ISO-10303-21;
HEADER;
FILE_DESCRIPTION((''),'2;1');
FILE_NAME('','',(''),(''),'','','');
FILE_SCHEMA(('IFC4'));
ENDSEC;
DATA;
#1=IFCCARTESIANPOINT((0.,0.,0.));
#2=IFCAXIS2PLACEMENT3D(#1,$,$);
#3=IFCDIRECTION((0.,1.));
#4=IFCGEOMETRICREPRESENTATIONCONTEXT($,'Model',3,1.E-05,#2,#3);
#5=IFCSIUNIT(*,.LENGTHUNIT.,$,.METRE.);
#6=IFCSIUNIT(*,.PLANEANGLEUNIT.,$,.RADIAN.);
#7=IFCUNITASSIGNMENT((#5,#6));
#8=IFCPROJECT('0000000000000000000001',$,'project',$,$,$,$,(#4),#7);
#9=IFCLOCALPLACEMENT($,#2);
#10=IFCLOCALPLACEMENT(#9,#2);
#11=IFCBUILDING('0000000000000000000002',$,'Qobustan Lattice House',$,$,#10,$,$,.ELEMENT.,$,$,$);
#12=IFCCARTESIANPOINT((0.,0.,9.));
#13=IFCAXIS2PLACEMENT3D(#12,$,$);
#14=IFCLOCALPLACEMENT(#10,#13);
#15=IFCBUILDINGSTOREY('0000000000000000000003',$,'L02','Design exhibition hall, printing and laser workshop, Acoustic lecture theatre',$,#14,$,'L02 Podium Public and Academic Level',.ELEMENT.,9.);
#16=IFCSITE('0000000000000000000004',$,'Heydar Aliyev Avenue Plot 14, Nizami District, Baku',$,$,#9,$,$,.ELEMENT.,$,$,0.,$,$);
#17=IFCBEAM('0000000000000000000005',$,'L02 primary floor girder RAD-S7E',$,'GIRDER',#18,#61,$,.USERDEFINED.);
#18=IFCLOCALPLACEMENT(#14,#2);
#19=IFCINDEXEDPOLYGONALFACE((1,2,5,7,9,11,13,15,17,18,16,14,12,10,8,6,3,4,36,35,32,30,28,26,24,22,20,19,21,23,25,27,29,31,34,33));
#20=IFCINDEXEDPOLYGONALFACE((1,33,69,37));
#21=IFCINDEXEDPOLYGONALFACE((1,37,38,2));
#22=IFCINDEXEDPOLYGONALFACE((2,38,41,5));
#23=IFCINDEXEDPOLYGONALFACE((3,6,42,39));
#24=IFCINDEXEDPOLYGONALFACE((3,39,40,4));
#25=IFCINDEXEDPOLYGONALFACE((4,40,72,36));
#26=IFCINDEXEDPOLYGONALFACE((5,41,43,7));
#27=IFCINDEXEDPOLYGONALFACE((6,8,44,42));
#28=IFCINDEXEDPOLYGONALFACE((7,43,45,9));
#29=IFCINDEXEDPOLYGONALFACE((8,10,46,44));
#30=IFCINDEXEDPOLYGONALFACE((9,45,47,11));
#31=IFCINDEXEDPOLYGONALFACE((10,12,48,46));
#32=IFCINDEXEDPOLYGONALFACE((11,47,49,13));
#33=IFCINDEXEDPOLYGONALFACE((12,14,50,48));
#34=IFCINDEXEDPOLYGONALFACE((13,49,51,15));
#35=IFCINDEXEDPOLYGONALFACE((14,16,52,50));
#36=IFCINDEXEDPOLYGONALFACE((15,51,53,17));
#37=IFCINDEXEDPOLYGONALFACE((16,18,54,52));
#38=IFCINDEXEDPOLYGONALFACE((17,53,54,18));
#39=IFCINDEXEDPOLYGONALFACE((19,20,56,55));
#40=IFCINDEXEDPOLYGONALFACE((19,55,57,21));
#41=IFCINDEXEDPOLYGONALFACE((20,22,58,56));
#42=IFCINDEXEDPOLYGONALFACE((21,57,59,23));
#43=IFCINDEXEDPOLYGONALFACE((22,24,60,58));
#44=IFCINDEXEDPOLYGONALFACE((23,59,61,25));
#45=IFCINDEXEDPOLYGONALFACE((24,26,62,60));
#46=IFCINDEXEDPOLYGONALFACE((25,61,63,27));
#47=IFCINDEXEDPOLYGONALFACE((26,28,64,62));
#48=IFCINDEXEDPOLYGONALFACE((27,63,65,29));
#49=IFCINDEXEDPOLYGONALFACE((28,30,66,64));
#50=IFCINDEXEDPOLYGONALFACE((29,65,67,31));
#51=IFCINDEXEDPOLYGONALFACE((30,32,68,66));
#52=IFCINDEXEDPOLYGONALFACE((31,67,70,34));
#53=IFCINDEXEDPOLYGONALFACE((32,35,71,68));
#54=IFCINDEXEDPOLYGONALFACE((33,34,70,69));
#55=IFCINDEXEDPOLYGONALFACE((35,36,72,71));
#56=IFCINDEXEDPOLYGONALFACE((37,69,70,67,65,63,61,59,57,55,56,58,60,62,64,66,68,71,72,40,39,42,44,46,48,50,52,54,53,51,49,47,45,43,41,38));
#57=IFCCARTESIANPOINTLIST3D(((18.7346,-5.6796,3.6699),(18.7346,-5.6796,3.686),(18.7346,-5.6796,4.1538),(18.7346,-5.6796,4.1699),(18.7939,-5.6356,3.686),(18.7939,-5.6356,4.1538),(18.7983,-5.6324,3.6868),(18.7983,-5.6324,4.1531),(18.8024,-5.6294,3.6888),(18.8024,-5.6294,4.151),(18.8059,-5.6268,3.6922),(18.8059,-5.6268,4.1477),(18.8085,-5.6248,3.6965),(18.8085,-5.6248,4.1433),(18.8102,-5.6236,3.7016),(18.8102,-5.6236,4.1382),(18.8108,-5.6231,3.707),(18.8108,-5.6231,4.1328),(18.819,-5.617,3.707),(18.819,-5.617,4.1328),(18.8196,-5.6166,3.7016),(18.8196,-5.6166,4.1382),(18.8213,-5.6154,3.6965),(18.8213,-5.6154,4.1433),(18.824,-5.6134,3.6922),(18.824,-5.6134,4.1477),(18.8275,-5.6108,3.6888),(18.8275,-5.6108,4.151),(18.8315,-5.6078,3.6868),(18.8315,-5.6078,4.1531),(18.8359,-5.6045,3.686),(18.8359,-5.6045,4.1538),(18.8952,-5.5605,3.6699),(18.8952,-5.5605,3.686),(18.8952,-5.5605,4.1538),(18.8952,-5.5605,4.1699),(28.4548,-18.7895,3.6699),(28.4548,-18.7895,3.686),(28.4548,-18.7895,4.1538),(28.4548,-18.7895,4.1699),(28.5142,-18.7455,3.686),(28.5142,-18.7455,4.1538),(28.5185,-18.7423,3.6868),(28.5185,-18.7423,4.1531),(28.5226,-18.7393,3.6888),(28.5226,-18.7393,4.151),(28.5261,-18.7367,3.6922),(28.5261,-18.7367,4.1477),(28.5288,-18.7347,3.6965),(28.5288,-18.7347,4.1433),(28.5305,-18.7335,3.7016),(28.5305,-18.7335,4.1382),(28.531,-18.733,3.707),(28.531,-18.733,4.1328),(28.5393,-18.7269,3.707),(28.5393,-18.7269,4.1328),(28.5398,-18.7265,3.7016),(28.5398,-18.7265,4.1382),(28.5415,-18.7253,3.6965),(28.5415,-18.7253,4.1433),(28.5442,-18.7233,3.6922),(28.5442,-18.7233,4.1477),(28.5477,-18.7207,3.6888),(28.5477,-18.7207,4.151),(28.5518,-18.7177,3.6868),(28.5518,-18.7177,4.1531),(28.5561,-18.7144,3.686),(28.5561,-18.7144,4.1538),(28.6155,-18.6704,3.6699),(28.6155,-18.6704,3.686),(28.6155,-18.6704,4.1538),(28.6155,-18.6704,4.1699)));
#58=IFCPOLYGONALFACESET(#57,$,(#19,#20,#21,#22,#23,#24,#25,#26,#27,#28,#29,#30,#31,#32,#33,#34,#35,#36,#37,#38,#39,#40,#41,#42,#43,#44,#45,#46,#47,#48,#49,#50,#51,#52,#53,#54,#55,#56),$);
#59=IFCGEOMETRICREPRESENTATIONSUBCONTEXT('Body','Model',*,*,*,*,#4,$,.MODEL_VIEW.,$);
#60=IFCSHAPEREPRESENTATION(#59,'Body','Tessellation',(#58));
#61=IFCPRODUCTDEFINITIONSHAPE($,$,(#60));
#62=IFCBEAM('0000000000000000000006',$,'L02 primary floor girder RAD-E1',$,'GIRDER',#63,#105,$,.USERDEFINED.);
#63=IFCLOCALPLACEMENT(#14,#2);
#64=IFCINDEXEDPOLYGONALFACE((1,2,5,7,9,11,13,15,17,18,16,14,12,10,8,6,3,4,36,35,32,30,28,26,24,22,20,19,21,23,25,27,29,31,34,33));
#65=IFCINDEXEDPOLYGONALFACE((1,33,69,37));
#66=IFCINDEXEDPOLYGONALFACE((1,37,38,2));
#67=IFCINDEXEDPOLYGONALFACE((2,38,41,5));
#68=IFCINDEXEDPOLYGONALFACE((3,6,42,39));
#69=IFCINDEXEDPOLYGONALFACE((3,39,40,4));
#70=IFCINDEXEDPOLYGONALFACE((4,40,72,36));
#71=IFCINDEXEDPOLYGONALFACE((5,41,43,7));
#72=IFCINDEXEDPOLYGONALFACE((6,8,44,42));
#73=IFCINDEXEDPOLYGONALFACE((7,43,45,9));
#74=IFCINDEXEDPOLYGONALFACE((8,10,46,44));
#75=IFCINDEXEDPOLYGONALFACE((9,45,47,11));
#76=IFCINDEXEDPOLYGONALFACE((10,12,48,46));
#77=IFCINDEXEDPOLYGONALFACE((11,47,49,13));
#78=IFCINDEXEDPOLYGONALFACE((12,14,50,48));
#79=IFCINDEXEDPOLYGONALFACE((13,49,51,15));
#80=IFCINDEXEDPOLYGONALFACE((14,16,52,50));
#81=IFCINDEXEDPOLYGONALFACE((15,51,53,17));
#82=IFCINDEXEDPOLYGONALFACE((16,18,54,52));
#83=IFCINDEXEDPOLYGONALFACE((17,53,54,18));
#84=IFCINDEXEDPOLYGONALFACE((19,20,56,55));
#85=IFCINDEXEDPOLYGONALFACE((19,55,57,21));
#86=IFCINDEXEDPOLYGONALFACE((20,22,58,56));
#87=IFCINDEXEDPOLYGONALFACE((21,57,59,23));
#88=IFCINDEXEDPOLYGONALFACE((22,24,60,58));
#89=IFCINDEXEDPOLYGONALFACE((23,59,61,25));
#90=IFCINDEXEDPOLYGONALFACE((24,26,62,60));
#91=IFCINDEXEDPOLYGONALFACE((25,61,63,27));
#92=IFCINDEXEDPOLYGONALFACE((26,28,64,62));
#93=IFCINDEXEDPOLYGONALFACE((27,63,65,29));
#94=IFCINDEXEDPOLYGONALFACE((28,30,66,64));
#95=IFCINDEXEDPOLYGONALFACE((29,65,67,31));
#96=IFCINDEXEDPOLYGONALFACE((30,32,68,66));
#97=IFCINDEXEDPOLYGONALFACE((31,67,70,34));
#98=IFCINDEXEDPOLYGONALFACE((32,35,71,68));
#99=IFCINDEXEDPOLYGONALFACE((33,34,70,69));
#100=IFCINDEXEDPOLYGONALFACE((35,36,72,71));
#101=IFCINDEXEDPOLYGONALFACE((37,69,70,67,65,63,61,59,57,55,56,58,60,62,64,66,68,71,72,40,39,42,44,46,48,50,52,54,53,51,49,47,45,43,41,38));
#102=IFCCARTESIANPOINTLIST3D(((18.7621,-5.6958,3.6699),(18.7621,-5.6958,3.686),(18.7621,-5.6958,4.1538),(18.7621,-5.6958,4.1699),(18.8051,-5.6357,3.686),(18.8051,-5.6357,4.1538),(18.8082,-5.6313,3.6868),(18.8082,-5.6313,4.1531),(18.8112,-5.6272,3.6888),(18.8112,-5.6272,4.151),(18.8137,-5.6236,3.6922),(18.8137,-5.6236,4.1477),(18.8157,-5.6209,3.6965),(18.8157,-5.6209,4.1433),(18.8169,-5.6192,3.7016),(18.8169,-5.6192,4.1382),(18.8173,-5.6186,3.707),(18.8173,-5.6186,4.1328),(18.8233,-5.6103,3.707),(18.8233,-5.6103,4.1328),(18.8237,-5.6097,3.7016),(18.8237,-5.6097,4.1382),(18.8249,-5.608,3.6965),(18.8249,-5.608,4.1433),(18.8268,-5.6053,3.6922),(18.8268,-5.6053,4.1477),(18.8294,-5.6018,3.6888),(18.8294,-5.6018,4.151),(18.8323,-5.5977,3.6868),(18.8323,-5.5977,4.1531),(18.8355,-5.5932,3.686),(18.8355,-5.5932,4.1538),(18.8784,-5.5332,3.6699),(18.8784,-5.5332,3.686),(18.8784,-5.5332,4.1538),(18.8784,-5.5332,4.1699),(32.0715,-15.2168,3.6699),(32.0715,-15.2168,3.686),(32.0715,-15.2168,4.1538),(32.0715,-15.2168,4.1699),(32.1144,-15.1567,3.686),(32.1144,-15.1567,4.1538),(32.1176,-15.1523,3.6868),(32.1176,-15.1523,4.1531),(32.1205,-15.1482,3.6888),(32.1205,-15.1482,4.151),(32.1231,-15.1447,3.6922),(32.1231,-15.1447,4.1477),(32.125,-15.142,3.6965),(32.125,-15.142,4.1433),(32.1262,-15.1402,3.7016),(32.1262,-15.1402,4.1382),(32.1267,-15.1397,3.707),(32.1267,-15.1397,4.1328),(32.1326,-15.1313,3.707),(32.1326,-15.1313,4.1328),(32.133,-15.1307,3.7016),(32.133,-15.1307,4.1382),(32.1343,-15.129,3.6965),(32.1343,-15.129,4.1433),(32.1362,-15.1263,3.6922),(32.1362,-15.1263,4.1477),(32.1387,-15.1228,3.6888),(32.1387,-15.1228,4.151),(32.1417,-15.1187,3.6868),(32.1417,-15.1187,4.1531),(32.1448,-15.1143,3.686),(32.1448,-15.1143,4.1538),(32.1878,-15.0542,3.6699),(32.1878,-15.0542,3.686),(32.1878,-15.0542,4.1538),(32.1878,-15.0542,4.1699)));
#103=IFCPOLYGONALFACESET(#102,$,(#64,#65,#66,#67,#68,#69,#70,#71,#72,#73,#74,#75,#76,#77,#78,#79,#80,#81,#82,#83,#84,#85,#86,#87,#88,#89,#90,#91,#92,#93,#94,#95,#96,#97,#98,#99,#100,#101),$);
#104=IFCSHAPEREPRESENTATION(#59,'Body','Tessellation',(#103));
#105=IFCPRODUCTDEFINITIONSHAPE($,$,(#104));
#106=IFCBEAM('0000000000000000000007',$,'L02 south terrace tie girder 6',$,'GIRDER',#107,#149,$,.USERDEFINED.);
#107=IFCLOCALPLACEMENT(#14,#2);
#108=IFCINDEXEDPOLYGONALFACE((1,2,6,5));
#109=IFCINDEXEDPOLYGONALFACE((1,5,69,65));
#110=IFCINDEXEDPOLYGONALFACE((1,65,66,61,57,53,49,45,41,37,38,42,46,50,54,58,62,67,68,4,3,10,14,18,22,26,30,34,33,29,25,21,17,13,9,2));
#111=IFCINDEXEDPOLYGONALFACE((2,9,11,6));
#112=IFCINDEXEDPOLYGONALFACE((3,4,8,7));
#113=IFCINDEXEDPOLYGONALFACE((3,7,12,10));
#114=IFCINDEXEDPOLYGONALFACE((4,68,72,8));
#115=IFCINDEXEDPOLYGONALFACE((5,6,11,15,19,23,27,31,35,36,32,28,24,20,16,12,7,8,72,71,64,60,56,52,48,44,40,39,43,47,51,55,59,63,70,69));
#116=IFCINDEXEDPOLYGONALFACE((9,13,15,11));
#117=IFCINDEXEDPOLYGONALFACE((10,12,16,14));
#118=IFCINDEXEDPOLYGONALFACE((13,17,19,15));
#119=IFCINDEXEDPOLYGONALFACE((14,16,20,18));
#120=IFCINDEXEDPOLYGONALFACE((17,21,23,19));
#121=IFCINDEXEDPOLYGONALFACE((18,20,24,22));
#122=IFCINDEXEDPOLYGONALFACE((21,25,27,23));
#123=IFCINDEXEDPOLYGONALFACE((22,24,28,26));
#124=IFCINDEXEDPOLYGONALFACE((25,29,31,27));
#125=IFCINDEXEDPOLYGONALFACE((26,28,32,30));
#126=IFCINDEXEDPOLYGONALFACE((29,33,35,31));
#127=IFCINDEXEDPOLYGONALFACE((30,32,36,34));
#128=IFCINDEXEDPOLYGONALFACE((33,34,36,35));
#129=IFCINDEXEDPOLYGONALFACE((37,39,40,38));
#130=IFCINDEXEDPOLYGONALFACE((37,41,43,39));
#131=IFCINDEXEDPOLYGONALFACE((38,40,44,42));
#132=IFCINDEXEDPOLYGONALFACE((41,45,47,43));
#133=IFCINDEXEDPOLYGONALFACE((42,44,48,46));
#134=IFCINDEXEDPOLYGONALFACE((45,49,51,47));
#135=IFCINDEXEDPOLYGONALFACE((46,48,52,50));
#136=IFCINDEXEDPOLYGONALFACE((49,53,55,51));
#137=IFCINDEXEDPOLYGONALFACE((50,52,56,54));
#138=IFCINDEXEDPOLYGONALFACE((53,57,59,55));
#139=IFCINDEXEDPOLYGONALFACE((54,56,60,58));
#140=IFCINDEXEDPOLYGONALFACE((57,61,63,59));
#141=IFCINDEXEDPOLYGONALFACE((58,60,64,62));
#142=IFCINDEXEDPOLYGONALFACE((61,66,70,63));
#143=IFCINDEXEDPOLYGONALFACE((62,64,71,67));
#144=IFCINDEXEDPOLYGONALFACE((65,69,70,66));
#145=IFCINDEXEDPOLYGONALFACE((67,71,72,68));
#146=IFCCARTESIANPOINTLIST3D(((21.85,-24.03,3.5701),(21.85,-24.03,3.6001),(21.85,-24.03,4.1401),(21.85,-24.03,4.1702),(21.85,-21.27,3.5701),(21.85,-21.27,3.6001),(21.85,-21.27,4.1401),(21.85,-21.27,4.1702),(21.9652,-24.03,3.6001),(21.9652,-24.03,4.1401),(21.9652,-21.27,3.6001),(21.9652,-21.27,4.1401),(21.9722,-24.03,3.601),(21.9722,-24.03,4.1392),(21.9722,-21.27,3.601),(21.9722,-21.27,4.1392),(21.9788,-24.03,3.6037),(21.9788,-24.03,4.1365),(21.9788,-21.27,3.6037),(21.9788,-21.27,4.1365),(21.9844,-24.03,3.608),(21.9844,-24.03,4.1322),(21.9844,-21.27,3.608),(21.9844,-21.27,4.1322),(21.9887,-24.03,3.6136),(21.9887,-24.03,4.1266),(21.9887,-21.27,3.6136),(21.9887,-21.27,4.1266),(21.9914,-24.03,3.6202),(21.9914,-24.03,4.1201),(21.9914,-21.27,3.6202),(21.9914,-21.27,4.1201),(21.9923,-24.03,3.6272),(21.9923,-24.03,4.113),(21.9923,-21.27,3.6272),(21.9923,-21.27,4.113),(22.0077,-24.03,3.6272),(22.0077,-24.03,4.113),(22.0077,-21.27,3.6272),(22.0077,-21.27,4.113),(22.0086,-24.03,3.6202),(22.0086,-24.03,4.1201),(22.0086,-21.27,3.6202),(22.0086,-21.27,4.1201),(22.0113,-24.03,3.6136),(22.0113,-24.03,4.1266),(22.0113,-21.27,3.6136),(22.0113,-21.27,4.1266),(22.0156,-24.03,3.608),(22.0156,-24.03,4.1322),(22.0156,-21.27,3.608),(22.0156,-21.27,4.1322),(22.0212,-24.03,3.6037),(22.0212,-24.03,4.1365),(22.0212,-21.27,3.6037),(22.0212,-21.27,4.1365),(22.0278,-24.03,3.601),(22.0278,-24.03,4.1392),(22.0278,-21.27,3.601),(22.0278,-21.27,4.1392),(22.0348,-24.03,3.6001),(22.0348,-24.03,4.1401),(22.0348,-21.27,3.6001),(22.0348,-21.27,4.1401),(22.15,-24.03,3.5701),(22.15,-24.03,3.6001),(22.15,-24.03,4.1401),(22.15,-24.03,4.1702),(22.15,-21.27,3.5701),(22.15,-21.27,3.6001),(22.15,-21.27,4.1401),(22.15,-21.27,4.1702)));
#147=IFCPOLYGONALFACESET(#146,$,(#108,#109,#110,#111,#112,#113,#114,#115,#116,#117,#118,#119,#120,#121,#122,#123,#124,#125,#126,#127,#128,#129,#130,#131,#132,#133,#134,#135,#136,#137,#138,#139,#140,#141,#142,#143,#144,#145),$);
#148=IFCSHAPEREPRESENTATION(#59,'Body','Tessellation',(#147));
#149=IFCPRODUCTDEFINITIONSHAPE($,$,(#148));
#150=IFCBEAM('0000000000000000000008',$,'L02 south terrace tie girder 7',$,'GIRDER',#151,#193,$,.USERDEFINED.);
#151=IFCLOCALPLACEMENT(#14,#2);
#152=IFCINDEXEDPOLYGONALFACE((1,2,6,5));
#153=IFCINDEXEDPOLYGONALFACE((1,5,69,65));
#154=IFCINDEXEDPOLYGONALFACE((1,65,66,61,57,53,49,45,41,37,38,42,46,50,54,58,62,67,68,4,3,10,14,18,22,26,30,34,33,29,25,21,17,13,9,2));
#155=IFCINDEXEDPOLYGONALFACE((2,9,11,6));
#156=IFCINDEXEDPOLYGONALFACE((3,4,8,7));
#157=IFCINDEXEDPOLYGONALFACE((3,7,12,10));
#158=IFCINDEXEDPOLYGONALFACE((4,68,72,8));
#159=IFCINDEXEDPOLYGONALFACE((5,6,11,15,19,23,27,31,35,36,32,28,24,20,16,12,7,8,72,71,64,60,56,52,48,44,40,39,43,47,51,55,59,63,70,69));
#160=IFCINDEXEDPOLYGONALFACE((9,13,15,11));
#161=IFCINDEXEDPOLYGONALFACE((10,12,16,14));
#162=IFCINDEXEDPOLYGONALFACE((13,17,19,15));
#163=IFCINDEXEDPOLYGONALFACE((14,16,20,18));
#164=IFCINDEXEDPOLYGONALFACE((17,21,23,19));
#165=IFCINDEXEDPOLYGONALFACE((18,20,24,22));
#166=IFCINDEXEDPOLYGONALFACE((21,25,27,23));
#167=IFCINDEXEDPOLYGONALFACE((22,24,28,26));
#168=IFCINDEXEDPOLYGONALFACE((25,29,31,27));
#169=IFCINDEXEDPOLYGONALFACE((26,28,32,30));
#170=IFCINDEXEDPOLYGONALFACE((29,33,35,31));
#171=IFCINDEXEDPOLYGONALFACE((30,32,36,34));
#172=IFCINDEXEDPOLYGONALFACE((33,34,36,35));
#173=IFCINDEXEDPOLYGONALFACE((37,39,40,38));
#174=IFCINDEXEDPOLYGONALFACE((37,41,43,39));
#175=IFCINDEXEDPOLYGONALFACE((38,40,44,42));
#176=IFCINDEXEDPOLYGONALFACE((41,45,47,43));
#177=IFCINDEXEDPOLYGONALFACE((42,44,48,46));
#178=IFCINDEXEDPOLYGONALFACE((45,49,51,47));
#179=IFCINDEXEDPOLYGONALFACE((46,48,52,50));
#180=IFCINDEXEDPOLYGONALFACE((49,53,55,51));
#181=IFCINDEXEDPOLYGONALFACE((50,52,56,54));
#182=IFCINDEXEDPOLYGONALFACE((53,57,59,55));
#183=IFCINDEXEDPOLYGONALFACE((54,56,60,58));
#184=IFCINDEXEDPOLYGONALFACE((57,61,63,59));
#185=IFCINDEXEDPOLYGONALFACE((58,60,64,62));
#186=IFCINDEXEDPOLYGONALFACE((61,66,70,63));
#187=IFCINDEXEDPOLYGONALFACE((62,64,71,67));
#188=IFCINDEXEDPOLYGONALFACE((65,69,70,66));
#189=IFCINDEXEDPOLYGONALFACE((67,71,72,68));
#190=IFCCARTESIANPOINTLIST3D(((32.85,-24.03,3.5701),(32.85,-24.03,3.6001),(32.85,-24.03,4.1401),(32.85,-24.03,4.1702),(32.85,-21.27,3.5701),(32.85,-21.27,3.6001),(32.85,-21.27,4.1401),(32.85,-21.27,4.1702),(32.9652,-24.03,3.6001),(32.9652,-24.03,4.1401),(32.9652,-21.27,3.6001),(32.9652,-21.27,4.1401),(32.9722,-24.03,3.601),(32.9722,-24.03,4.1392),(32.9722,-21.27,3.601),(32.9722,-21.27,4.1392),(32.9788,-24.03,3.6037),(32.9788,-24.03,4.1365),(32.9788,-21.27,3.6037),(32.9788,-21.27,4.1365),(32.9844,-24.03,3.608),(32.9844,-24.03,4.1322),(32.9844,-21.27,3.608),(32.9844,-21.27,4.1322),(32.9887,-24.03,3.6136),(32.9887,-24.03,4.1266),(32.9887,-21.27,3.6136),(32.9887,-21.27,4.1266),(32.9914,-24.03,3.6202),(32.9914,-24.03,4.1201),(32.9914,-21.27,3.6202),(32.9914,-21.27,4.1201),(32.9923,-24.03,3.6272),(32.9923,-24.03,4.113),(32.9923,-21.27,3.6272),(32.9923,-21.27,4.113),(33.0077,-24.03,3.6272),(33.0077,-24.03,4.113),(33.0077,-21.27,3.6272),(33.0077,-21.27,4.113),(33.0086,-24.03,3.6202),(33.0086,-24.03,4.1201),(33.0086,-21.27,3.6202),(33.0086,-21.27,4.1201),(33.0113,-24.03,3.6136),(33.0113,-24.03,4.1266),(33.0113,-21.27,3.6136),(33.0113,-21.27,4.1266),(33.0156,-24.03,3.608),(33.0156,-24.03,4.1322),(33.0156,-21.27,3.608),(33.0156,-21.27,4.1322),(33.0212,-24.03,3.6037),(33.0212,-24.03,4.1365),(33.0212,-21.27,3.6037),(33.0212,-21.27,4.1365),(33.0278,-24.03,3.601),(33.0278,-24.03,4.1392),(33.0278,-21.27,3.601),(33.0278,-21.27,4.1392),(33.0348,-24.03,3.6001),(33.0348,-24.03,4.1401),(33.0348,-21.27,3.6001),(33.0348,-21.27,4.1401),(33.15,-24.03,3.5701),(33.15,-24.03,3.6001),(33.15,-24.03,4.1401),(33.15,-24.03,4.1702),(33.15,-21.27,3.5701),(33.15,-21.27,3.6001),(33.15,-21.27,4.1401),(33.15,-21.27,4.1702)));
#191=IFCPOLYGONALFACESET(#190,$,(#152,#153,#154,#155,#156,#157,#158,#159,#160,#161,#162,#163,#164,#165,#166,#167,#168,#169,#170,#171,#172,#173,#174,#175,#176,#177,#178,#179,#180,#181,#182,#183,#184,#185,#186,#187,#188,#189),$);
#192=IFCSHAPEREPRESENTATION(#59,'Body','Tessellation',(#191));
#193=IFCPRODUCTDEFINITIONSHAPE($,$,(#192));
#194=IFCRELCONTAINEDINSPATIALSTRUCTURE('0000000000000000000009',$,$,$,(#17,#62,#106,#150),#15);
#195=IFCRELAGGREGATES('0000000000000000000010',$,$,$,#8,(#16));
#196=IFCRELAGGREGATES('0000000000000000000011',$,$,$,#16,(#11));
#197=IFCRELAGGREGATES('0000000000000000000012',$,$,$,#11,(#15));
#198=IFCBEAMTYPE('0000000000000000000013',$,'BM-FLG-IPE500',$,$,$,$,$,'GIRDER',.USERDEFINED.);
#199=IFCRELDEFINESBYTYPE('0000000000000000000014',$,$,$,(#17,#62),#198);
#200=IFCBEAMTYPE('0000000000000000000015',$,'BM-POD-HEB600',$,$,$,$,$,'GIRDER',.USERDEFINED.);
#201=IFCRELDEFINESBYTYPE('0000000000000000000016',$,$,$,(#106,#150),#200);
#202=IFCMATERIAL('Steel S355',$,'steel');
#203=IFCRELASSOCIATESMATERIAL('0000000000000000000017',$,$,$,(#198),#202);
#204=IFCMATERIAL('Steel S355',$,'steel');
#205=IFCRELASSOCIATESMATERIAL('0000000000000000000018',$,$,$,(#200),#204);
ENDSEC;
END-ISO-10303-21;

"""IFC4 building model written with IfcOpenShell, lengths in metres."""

from ifc_helpers import new_model, si_unit, direction, frame, origin, origin_2d, place, context, subcontext, project, spatial, i_section, extrude, material, material_profile, profile_set, type_object, element, save


model = new_model("IFC4")

# Units and contexts
model_context = context("Model", 3, precision=1e-05, world=origin(), true_north=direction((0.0, 1.0)))
body_context = subcontext(model_context, "Body", "Model", "MODEL_VIEW")
ifc_project = project(units=[si_unit("LENGTHUNIT", "METRE"), si_unit("PLANEANGLEUNIT", "RADIAN")], contexts=[model_context])

# Site, building, storey
site_placement = place(None, origin())
site = spatial("IfcSite", under=ifc_project, at=site_placement, Name="Heydar Aliyev Avenue Plot 14, Nizami District, Baku", CompositionType="ELEMENT", RefElevation=0.0)
building_placement = place(site_placement, origin())
building = spatial("IfcBuilding", under=site, at=building_placement, Name="Qobustan Lattice House", CompositionType="ELEMENT")
storey_placement = place(building_placement, frame((0.0, 0.0, 9.0)))
storey = spatial("IfcBuildingStorey", under=building, at=storey_placement, Name="L02", Description="Design exhibition hall, printing and laser workshop, Acoustic lecture theatre", LongName="L02 Podium Public and Academic Level", CompositionType="ELEMENT", Elevation=9.0)

# Beams
ifc_material_1 = material(Name="Steel S355", Category="steel")
ifc_material_profile_1 = material_profile(ifc_material_1, i_section(OverallWidth=0.2, OverallDepth=0.5, WebThickness=0.0103, FlangeThickness=0.0161, FilletRadius=0.021, at=origin_2d()), Name="IPE500")
ifc_profile_set_1 = profile_set([ifc_material_profile_1], Name="Steel S355")
beam_type_1 = type_object("IfcBeamType", Name="BM-FLG-IPE500", ElementType="GIRDER", PredefinedType="USERDEFINED", material=ifc_profile_set_1)
beam_1_placement = place(storey_placement, frame((28.5352, -18.73, 3.9199), z_axis=(-0.595592, 0.803287, 0.0), x_axis=(-0.803287, -0.595592, 0.0)))
element("IfcBeam", 1, at=beam_1_placement, inside=storey, type_object=beam_type_1, Name="L02 primary floor girder RAD-S7E", ObjectType="GIRDER", PredefinedType="USERDEFINED", context=body_context, shape_type="SweptSolid", body=[
    extrude(i_section(OverallWidth=0.2, OverallDepth=0.5, WebThickness=0.0103, FlangeThickness=0.0161, FilletRadius=0.021, at=origin_2d()), origin(), (0.0, 0.0, 1.0), 16.3203),
])
beam_2_placement = place(storey_placement, frame((32.1296, -15.1355, 3.9199), z_axis=(-0.813319, 0.581818, 0.0), x_axis=(-0.581818, -0.813319, 0.0)))
element("IfcBeam", 2, at=beam_2_placement, inside=storey, type_object=beam_type_1, Name="L02 primary floor girder RAD-E1", ObjectType="GIRDER", PredefinedType="USERDEFINED", context=body_context, shape_type="SweptSolid", body=[
    extrude(i_section(OverallWidth=0.2, OverallDepth=0.5, WebThickness=0.0103, FlangeThickness=0.0161, FilletRadius=0.021, at=origin_2d()), origin(), (0.0, 0.0, 1.0), 16.3643),
])
ifc_material_2 = material(Name="Steel S355", Category="steel")
ifc_material_profile_2 = material_profile(ifc_material_2, i_section(OverallWidth=0.3, OverallDepth=0.6001, WebThickness=0.0154, FlangeThickness=0.03, FilletRadius=0.0271, at=origin_2d()), Name="HEB600")
ifc_profile_set_2 = profile_set([ifc_material_profile_2], Name="Steel S355")
beam_type_2 = type_object("IfcBeamType", Name="BM-POD-HEB600", ElementType="GIRDER", PredefinedType="USERDEFINED", material=ifc_profile_set_2)
for number, where, z_axis, x_axis, name in (
    (3, (22.0, -24.03, 3.8701), (0.0, 1.0, 0.0), (-1.0, 0.0, 0.0), "L02 south terrace tie girder 6"),
    (4, (33.0, -24.03, 3.8701), (0.0, 1.0, 0.0), (-1.0, 0.0, 0.0), "L02 south terrace tie girder 7"),
):
    element("IfcBeam", number, at=place(storey_placement, frame(where, z_axis=z_axis, x_axis=x_axis)), inside=storey, type_object=beam_type_2, Name=name, ObjectType="GIRDER", PredefinedType="USERDEFINED", context=body_context, shape_type="SweptSolid", body=[
        extrude(i_section(OverallWidth=0.3, OverallDepth=0.6001, WebThickness=0.0154, FlangeThickness=0.03, FilletRadius=0.0271, at=origin_2d()), origin(), (0.0, 0.0, 1.0), 2.76),
    ])

save(model, "model.ifc")
